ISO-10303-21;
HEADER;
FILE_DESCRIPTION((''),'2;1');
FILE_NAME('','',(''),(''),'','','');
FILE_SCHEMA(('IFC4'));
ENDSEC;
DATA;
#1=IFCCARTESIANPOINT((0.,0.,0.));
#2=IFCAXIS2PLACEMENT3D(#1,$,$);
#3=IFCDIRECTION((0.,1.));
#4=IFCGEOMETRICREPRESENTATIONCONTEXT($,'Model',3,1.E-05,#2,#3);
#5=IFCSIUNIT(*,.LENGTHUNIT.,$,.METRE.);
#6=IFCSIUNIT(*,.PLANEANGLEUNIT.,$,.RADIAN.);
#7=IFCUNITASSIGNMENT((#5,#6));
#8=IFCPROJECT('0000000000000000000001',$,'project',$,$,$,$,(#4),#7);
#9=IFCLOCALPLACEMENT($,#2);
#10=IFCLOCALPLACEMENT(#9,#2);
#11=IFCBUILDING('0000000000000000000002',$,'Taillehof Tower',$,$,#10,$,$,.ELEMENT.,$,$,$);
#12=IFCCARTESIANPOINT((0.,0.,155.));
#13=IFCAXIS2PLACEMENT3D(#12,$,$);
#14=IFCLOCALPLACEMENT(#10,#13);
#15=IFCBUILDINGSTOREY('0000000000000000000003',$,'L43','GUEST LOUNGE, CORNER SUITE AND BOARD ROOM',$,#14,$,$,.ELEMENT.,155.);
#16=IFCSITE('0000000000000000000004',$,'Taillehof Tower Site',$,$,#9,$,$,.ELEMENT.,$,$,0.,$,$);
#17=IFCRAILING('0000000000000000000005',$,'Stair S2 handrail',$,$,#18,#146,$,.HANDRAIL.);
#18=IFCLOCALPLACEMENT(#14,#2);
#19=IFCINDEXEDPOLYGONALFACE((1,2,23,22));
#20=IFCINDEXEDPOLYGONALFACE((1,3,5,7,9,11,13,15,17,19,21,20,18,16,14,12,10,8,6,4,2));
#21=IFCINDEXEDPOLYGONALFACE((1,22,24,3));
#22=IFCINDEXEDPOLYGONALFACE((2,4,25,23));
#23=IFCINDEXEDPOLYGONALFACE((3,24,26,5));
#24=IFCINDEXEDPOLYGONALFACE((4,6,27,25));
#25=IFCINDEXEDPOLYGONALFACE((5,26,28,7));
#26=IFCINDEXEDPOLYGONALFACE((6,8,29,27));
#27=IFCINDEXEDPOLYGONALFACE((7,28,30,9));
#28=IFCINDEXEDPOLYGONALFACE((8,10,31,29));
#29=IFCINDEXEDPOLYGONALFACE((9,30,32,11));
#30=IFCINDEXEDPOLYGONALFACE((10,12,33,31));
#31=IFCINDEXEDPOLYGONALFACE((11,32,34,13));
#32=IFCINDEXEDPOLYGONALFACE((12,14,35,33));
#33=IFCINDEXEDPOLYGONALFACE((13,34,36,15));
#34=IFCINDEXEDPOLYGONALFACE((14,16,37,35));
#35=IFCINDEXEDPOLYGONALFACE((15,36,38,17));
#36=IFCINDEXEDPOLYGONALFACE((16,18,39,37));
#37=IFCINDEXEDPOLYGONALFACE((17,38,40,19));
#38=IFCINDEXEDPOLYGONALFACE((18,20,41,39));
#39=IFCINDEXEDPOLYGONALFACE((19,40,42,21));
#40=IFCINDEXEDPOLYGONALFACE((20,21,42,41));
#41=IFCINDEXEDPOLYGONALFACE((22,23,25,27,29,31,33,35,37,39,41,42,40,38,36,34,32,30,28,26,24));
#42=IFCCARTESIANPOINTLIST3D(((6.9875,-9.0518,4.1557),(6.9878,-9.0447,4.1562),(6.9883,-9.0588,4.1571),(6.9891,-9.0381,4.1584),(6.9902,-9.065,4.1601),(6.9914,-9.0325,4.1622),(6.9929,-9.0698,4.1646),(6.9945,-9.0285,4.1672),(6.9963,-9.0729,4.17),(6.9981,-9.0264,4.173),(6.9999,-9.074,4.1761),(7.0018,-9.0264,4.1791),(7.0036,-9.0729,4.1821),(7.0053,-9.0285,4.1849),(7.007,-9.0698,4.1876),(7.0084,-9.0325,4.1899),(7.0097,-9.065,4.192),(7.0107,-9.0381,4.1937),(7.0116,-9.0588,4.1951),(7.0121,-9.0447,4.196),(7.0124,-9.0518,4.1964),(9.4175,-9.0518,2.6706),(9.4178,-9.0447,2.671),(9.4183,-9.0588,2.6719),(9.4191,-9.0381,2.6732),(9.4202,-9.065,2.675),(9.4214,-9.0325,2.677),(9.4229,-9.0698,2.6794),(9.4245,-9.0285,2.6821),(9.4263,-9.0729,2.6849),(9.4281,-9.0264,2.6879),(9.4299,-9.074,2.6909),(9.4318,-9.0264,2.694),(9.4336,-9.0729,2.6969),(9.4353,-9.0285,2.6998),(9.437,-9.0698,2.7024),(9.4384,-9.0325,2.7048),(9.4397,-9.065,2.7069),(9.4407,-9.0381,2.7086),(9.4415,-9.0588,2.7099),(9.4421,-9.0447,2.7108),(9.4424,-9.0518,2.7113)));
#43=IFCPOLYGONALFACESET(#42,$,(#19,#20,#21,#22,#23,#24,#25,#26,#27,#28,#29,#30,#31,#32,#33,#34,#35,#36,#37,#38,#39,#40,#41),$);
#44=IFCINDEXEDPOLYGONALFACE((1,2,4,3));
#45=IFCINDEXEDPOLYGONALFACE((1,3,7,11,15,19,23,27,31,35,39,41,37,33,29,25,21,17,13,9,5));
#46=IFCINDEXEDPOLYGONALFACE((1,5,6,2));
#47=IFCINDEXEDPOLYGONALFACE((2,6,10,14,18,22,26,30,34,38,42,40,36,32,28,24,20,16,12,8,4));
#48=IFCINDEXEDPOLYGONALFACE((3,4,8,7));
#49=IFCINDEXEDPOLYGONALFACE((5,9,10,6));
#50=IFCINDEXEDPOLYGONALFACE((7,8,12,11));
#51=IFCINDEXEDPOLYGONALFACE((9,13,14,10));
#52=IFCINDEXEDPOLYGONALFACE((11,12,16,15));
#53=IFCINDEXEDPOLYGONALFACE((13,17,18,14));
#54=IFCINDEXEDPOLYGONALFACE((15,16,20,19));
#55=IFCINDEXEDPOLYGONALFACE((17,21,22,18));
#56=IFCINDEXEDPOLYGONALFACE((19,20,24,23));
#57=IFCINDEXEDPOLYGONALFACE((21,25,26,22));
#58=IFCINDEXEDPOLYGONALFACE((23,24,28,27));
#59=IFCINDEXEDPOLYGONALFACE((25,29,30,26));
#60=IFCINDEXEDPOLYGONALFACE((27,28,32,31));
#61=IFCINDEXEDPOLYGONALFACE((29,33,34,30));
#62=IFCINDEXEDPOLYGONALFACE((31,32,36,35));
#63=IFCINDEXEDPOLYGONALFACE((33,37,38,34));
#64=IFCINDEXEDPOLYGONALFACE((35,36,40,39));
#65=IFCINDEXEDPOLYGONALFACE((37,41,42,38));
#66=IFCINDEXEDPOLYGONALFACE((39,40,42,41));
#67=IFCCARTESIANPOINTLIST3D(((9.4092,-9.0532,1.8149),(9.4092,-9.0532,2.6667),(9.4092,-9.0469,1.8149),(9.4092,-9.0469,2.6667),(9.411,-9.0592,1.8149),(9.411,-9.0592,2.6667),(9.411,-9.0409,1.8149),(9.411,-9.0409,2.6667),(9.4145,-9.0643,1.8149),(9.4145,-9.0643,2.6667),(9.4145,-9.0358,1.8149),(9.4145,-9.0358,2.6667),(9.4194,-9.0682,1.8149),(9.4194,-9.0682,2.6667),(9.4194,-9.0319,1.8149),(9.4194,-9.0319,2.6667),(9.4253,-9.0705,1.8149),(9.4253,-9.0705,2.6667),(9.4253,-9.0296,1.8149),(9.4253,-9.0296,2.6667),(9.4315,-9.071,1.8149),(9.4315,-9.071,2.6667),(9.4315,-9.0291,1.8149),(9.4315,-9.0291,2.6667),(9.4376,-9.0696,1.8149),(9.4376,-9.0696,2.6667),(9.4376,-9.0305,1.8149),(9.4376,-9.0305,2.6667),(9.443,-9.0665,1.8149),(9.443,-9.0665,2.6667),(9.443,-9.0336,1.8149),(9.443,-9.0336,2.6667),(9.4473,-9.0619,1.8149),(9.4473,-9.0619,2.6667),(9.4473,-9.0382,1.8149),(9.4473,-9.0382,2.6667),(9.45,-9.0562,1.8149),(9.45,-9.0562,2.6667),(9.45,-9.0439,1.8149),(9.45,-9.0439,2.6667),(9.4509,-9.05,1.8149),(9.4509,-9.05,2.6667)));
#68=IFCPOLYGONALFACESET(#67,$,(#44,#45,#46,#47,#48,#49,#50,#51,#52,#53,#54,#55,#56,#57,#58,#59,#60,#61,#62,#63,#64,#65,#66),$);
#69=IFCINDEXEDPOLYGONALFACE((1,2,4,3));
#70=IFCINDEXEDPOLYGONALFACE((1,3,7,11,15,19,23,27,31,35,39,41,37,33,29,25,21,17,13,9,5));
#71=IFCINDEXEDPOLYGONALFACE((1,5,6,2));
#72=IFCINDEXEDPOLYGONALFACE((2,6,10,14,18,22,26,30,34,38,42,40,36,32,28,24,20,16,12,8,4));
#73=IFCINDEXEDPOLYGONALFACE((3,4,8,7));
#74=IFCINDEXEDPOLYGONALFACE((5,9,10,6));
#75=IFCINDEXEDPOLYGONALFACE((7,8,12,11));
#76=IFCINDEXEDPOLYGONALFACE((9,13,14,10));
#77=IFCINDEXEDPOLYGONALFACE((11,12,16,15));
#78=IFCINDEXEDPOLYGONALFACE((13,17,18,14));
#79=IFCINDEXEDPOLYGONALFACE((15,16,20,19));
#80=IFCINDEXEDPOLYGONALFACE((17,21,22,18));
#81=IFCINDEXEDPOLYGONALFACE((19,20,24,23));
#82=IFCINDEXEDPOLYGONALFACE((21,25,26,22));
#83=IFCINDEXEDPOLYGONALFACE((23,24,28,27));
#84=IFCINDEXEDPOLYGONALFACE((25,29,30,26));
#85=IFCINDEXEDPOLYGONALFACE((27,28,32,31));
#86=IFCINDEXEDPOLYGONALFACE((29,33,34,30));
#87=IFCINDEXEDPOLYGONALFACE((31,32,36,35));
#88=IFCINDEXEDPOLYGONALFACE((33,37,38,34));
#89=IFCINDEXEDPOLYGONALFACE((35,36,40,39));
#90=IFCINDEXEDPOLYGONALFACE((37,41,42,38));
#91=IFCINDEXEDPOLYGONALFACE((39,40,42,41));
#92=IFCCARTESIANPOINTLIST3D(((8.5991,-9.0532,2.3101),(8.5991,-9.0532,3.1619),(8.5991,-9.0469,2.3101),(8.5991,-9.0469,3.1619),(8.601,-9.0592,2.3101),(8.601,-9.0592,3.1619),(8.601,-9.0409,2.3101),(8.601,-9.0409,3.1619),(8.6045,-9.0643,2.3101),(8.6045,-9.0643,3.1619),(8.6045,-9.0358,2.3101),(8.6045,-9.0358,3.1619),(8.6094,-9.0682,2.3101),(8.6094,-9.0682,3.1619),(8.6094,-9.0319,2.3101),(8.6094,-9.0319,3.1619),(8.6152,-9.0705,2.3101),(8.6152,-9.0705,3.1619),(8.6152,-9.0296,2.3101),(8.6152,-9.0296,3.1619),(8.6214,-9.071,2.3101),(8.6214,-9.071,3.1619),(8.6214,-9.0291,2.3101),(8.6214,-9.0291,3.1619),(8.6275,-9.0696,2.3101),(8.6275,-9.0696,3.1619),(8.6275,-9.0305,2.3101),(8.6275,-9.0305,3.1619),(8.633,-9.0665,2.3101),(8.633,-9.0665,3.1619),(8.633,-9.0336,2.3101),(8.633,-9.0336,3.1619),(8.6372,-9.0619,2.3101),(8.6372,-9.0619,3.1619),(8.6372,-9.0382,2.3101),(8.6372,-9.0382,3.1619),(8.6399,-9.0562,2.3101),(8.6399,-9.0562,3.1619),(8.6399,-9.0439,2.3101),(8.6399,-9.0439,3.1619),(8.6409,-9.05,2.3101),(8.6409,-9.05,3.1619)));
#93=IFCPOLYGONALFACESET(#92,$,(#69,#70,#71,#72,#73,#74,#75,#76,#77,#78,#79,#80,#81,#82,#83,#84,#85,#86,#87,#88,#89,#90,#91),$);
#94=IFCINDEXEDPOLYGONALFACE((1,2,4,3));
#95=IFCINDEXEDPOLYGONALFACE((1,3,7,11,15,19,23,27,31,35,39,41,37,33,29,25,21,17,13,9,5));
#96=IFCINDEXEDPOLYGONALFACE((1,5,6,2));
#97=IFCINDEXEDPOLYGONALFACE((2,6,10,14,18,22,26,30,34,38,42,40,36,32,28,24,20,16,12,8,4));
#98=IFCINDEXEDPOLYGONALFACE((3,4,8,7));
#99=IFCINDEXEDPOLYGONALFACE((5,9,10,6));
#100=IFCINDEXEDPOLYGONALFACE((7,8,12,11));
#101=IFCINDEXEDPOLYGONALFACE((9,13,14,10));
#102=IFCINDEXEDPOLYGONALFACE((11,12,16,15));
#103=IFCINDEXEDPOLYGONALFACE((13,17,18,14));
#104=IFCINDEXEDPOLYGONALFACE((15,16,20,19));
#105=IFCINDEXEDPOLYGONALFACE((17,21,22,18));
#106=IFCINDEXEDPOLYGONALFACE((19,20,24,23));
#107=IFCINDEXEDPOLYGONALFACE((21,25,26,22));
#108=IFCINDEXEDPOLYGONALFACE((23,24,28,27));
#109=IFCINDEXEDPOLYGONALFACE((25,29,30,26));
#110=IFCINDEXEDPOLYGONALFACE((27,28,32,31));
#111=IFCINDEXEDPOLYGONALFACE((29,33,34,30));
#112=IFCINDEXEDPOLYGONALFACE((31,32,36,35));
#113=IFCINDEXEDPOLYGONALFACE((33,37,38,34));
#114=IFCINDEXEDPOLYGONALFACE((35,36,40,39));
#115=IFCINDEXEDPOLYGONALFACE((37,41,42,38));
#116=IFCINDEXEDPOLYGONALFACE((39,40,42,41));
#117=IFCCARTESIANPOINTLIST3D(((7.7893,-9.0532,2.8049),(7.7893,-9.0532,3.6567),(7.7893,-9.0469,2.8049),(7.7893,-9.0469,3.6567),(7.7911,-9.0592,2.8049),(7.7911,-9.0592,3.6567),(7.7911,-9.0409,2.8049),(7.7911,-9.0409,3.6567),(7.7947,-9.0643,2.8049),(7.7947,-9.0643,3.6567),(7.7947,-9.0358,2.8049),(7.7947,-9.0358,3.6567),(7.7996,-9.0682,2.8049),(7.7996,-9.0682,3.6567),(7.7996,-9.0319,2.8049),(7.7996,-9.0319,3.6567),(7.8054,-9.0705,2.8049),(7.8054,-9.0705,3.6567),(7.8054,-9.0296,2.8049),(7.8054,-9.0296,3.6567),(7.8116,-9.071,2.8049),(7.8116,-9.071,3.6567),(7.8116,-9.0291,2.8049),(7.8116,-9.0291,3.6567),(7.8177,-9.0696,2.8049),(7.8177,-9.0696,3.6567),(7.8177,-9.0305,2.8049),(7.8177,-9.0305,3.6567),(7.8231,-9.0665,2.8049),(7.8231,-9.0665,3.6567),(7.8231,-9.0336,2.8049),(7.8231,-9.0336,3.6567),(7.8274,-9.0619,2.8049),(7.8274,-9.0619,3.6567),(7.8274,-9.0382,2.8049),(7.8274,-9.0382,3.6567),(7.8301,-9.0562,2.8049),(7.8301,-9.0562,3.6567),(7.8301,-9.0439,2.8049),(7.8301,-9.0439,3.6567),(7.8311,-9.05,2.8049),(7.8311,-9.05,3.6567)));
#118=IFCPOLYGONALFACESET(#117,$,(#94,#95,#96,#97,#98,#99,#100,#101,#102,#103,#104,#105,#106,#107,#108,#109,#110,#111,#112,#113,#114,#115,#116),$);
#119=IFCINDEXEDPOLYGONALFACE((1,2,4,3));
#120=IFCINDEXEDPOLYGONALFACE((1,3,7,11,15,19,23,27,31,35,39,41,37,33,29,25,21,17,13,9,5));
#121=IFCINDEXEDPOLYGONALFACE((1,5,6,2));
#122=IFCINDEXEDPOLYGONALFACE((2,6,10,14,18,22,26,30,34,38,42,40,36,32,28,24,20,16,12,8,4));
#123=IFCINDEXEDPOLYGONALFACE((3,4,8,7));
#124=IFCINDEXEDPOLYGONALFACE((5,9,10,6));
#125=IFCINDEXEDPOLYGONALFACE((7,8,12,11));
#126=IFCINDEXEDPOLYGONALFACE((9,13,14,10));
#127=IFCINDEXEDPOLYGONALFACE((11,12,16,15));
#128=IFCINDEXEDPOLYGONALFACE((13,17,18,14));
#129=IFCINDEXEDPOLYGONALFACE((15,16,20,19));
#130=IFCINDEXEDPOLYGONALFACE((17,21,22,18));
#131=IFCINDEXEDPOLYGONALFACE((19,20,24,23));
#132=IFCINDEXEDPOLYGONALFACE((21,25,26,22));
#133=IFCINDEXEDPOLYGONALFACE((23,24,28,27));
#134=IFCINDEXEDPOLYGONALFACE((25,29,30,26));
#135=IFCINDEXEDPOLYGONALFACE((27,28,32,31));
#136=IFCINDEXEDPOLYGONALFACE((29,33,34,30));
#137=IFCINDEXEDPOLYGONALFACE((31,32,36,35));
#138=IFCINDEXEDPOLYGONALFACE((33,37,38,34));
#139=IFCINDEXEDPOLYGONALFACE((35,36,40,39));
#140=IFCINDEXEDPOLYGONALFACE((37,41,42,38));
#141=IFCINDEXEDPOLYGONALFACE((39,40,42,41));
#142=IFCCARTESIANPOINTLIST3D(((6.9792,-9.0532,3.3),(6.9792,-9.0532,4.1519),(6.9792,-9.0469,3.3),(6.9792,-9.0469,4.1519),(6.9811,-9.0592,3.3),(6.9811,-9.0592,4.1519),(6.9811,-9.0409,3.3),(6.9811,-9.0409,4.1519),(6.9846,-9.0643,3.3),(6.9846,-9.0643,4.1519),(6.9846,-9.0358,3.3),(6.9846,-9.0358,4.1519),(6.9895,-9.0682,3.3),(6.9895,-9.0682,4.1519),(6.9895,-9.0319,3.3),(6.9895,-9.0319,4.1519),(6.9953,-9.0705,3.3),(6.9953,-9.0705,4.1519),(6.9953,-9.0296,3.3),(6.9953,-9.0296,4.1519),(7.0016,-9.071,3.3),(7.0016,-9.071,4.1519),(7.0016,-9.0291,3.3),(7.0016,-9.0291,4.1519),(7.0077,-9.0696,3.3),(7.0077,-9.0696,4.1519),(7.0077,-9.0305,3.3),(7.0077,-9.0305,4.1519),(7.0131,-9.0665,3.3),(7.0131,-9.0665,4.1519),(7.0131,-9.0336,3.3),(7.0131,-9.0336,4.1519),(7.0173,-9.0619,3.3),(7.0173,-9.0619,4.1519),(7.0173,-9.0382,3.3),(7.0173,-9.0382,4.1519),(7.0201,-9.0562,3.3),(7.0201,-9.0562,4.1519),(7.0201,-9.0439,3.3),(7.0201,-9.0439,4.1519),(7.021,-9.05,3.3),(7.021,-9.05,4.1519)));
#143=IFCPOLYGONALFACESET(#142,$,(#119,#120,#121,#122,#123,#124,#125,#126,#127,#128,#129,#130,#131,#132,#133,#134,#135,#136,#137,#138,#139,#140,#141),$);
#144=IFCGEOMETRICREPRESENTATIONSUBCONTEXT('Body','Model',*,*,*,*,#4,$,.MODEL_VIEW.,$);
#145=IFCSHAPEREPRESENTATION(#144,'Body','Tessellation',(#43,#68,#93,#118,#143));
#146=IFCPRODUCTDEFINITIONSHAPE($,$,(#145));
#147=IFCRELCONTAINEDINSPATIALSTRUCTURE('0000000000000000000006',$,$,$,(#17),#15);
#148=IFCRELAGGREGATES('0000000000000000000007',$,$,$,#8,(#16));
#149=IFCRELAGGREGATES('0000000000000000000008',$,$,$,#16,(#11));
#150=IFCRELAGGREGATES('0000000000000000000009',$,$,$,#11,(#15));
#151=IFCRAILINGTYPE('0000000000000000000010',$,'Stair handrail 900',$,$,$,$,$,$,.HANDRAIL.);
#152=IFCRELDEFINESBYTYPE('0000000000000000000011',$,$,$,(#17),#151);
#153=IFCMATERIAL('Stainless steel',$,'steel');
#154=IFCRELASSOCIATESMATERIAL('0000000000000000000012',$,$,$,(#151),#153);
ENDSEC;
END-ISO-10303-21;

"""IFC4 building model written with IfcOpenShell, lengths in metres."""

from ifc_helpers import new_model, si_unit, direction, frame, origin, origin_2d, place, context, subcontext, project, spatial, circle, extrude, material, type_object, element, save


model = new_model("IFC4")

# Units and contexts
model_context = context("Model", 3, precision=1e-05, world=origin(), true_north=direction((0.0, 1.0)))
body_context = subcontext(model_context, "Body", "Model", "MODEL_VIEW")
ifc_project = project(units=[si_unit("LENGTHUNIT", "METRE"), si_unit("PLANEANGLEUNIT", "RADIAN")], contexts=[model_context])

# Site, building, storey
site_placement = place(None, origin())
site = spatial("IfcSite", under=ifc_project, at=site_placement, Name="Taillehof Tower Site", CompositionType="ELEMENT", RefElevation=0.0)
building_placement = place(site_placement, origin())
building = spatial("IfcBuilding", under=site, at=building_placement, Name="Taillehof Tower", CompositionType="ELEMENT")
storey_placement = place(building_placement, frame((0.0, 0.0, 155.0)))
storey = spatial("IfcBuildingStorey", under=building, at=storey_placement, Name="L43", Description="GUEST LOUNGE, CORNER SUITE AND BOARD ROOM", CompositionType="ELEMENT", Elevation=155.0)

# Railing
ifc_material_1 = material(Name="Stainless steel", Category="steel")
railing_type = type_object("IfcRailingType", Name="Stair handrail 900", PredefinedType="HANDRAIL", material=ifc_material_1)
railing_placement = place(storey_placement, frame((9.4299, -9.05, 1.8149)))
element("IfcRailing", 1, at=railing_placement, inside=storey, type_object=railing_type, Name="Stair S2 handrail", PredefinedType="HANDRAIL", context=body_context, shape_type="SweptSolid", body=[
    extrude(circle(Radius=0.0239, at=origin_2d()), frame((0.0, 0.0, 0.876), z_axis=(-0.853259, 0.0, 0.521488), x_axis=(0.0, -1.0, 0.0)), (0.0, 0.0, 1.0), 2.8479),
    extrude(circle(Radius=0.021, at=origin_2d()), origin(), (0.0, 0.0, 1.0), 0.8518),
    extrude(circle(Radius=0.021, at=origin_2d()), frame((-0.8101, 0.0, 0.4951)), (0.0, 0.0, 1.0), 0.8518),
    extrude(circle(Radius=0.021, at=origin_2d()), frame((-1.6199, 0.0, 0.99)), (0.0, 0.0, 1.0), 0.8518),
    extrude(circle(Radius=0.021, at=origin_2d()), frame((-2.4299, 0.0, 1.4851)), (0.0, 0.0, 1.0), 0.8518),
])

save(model, "model.ifc")
